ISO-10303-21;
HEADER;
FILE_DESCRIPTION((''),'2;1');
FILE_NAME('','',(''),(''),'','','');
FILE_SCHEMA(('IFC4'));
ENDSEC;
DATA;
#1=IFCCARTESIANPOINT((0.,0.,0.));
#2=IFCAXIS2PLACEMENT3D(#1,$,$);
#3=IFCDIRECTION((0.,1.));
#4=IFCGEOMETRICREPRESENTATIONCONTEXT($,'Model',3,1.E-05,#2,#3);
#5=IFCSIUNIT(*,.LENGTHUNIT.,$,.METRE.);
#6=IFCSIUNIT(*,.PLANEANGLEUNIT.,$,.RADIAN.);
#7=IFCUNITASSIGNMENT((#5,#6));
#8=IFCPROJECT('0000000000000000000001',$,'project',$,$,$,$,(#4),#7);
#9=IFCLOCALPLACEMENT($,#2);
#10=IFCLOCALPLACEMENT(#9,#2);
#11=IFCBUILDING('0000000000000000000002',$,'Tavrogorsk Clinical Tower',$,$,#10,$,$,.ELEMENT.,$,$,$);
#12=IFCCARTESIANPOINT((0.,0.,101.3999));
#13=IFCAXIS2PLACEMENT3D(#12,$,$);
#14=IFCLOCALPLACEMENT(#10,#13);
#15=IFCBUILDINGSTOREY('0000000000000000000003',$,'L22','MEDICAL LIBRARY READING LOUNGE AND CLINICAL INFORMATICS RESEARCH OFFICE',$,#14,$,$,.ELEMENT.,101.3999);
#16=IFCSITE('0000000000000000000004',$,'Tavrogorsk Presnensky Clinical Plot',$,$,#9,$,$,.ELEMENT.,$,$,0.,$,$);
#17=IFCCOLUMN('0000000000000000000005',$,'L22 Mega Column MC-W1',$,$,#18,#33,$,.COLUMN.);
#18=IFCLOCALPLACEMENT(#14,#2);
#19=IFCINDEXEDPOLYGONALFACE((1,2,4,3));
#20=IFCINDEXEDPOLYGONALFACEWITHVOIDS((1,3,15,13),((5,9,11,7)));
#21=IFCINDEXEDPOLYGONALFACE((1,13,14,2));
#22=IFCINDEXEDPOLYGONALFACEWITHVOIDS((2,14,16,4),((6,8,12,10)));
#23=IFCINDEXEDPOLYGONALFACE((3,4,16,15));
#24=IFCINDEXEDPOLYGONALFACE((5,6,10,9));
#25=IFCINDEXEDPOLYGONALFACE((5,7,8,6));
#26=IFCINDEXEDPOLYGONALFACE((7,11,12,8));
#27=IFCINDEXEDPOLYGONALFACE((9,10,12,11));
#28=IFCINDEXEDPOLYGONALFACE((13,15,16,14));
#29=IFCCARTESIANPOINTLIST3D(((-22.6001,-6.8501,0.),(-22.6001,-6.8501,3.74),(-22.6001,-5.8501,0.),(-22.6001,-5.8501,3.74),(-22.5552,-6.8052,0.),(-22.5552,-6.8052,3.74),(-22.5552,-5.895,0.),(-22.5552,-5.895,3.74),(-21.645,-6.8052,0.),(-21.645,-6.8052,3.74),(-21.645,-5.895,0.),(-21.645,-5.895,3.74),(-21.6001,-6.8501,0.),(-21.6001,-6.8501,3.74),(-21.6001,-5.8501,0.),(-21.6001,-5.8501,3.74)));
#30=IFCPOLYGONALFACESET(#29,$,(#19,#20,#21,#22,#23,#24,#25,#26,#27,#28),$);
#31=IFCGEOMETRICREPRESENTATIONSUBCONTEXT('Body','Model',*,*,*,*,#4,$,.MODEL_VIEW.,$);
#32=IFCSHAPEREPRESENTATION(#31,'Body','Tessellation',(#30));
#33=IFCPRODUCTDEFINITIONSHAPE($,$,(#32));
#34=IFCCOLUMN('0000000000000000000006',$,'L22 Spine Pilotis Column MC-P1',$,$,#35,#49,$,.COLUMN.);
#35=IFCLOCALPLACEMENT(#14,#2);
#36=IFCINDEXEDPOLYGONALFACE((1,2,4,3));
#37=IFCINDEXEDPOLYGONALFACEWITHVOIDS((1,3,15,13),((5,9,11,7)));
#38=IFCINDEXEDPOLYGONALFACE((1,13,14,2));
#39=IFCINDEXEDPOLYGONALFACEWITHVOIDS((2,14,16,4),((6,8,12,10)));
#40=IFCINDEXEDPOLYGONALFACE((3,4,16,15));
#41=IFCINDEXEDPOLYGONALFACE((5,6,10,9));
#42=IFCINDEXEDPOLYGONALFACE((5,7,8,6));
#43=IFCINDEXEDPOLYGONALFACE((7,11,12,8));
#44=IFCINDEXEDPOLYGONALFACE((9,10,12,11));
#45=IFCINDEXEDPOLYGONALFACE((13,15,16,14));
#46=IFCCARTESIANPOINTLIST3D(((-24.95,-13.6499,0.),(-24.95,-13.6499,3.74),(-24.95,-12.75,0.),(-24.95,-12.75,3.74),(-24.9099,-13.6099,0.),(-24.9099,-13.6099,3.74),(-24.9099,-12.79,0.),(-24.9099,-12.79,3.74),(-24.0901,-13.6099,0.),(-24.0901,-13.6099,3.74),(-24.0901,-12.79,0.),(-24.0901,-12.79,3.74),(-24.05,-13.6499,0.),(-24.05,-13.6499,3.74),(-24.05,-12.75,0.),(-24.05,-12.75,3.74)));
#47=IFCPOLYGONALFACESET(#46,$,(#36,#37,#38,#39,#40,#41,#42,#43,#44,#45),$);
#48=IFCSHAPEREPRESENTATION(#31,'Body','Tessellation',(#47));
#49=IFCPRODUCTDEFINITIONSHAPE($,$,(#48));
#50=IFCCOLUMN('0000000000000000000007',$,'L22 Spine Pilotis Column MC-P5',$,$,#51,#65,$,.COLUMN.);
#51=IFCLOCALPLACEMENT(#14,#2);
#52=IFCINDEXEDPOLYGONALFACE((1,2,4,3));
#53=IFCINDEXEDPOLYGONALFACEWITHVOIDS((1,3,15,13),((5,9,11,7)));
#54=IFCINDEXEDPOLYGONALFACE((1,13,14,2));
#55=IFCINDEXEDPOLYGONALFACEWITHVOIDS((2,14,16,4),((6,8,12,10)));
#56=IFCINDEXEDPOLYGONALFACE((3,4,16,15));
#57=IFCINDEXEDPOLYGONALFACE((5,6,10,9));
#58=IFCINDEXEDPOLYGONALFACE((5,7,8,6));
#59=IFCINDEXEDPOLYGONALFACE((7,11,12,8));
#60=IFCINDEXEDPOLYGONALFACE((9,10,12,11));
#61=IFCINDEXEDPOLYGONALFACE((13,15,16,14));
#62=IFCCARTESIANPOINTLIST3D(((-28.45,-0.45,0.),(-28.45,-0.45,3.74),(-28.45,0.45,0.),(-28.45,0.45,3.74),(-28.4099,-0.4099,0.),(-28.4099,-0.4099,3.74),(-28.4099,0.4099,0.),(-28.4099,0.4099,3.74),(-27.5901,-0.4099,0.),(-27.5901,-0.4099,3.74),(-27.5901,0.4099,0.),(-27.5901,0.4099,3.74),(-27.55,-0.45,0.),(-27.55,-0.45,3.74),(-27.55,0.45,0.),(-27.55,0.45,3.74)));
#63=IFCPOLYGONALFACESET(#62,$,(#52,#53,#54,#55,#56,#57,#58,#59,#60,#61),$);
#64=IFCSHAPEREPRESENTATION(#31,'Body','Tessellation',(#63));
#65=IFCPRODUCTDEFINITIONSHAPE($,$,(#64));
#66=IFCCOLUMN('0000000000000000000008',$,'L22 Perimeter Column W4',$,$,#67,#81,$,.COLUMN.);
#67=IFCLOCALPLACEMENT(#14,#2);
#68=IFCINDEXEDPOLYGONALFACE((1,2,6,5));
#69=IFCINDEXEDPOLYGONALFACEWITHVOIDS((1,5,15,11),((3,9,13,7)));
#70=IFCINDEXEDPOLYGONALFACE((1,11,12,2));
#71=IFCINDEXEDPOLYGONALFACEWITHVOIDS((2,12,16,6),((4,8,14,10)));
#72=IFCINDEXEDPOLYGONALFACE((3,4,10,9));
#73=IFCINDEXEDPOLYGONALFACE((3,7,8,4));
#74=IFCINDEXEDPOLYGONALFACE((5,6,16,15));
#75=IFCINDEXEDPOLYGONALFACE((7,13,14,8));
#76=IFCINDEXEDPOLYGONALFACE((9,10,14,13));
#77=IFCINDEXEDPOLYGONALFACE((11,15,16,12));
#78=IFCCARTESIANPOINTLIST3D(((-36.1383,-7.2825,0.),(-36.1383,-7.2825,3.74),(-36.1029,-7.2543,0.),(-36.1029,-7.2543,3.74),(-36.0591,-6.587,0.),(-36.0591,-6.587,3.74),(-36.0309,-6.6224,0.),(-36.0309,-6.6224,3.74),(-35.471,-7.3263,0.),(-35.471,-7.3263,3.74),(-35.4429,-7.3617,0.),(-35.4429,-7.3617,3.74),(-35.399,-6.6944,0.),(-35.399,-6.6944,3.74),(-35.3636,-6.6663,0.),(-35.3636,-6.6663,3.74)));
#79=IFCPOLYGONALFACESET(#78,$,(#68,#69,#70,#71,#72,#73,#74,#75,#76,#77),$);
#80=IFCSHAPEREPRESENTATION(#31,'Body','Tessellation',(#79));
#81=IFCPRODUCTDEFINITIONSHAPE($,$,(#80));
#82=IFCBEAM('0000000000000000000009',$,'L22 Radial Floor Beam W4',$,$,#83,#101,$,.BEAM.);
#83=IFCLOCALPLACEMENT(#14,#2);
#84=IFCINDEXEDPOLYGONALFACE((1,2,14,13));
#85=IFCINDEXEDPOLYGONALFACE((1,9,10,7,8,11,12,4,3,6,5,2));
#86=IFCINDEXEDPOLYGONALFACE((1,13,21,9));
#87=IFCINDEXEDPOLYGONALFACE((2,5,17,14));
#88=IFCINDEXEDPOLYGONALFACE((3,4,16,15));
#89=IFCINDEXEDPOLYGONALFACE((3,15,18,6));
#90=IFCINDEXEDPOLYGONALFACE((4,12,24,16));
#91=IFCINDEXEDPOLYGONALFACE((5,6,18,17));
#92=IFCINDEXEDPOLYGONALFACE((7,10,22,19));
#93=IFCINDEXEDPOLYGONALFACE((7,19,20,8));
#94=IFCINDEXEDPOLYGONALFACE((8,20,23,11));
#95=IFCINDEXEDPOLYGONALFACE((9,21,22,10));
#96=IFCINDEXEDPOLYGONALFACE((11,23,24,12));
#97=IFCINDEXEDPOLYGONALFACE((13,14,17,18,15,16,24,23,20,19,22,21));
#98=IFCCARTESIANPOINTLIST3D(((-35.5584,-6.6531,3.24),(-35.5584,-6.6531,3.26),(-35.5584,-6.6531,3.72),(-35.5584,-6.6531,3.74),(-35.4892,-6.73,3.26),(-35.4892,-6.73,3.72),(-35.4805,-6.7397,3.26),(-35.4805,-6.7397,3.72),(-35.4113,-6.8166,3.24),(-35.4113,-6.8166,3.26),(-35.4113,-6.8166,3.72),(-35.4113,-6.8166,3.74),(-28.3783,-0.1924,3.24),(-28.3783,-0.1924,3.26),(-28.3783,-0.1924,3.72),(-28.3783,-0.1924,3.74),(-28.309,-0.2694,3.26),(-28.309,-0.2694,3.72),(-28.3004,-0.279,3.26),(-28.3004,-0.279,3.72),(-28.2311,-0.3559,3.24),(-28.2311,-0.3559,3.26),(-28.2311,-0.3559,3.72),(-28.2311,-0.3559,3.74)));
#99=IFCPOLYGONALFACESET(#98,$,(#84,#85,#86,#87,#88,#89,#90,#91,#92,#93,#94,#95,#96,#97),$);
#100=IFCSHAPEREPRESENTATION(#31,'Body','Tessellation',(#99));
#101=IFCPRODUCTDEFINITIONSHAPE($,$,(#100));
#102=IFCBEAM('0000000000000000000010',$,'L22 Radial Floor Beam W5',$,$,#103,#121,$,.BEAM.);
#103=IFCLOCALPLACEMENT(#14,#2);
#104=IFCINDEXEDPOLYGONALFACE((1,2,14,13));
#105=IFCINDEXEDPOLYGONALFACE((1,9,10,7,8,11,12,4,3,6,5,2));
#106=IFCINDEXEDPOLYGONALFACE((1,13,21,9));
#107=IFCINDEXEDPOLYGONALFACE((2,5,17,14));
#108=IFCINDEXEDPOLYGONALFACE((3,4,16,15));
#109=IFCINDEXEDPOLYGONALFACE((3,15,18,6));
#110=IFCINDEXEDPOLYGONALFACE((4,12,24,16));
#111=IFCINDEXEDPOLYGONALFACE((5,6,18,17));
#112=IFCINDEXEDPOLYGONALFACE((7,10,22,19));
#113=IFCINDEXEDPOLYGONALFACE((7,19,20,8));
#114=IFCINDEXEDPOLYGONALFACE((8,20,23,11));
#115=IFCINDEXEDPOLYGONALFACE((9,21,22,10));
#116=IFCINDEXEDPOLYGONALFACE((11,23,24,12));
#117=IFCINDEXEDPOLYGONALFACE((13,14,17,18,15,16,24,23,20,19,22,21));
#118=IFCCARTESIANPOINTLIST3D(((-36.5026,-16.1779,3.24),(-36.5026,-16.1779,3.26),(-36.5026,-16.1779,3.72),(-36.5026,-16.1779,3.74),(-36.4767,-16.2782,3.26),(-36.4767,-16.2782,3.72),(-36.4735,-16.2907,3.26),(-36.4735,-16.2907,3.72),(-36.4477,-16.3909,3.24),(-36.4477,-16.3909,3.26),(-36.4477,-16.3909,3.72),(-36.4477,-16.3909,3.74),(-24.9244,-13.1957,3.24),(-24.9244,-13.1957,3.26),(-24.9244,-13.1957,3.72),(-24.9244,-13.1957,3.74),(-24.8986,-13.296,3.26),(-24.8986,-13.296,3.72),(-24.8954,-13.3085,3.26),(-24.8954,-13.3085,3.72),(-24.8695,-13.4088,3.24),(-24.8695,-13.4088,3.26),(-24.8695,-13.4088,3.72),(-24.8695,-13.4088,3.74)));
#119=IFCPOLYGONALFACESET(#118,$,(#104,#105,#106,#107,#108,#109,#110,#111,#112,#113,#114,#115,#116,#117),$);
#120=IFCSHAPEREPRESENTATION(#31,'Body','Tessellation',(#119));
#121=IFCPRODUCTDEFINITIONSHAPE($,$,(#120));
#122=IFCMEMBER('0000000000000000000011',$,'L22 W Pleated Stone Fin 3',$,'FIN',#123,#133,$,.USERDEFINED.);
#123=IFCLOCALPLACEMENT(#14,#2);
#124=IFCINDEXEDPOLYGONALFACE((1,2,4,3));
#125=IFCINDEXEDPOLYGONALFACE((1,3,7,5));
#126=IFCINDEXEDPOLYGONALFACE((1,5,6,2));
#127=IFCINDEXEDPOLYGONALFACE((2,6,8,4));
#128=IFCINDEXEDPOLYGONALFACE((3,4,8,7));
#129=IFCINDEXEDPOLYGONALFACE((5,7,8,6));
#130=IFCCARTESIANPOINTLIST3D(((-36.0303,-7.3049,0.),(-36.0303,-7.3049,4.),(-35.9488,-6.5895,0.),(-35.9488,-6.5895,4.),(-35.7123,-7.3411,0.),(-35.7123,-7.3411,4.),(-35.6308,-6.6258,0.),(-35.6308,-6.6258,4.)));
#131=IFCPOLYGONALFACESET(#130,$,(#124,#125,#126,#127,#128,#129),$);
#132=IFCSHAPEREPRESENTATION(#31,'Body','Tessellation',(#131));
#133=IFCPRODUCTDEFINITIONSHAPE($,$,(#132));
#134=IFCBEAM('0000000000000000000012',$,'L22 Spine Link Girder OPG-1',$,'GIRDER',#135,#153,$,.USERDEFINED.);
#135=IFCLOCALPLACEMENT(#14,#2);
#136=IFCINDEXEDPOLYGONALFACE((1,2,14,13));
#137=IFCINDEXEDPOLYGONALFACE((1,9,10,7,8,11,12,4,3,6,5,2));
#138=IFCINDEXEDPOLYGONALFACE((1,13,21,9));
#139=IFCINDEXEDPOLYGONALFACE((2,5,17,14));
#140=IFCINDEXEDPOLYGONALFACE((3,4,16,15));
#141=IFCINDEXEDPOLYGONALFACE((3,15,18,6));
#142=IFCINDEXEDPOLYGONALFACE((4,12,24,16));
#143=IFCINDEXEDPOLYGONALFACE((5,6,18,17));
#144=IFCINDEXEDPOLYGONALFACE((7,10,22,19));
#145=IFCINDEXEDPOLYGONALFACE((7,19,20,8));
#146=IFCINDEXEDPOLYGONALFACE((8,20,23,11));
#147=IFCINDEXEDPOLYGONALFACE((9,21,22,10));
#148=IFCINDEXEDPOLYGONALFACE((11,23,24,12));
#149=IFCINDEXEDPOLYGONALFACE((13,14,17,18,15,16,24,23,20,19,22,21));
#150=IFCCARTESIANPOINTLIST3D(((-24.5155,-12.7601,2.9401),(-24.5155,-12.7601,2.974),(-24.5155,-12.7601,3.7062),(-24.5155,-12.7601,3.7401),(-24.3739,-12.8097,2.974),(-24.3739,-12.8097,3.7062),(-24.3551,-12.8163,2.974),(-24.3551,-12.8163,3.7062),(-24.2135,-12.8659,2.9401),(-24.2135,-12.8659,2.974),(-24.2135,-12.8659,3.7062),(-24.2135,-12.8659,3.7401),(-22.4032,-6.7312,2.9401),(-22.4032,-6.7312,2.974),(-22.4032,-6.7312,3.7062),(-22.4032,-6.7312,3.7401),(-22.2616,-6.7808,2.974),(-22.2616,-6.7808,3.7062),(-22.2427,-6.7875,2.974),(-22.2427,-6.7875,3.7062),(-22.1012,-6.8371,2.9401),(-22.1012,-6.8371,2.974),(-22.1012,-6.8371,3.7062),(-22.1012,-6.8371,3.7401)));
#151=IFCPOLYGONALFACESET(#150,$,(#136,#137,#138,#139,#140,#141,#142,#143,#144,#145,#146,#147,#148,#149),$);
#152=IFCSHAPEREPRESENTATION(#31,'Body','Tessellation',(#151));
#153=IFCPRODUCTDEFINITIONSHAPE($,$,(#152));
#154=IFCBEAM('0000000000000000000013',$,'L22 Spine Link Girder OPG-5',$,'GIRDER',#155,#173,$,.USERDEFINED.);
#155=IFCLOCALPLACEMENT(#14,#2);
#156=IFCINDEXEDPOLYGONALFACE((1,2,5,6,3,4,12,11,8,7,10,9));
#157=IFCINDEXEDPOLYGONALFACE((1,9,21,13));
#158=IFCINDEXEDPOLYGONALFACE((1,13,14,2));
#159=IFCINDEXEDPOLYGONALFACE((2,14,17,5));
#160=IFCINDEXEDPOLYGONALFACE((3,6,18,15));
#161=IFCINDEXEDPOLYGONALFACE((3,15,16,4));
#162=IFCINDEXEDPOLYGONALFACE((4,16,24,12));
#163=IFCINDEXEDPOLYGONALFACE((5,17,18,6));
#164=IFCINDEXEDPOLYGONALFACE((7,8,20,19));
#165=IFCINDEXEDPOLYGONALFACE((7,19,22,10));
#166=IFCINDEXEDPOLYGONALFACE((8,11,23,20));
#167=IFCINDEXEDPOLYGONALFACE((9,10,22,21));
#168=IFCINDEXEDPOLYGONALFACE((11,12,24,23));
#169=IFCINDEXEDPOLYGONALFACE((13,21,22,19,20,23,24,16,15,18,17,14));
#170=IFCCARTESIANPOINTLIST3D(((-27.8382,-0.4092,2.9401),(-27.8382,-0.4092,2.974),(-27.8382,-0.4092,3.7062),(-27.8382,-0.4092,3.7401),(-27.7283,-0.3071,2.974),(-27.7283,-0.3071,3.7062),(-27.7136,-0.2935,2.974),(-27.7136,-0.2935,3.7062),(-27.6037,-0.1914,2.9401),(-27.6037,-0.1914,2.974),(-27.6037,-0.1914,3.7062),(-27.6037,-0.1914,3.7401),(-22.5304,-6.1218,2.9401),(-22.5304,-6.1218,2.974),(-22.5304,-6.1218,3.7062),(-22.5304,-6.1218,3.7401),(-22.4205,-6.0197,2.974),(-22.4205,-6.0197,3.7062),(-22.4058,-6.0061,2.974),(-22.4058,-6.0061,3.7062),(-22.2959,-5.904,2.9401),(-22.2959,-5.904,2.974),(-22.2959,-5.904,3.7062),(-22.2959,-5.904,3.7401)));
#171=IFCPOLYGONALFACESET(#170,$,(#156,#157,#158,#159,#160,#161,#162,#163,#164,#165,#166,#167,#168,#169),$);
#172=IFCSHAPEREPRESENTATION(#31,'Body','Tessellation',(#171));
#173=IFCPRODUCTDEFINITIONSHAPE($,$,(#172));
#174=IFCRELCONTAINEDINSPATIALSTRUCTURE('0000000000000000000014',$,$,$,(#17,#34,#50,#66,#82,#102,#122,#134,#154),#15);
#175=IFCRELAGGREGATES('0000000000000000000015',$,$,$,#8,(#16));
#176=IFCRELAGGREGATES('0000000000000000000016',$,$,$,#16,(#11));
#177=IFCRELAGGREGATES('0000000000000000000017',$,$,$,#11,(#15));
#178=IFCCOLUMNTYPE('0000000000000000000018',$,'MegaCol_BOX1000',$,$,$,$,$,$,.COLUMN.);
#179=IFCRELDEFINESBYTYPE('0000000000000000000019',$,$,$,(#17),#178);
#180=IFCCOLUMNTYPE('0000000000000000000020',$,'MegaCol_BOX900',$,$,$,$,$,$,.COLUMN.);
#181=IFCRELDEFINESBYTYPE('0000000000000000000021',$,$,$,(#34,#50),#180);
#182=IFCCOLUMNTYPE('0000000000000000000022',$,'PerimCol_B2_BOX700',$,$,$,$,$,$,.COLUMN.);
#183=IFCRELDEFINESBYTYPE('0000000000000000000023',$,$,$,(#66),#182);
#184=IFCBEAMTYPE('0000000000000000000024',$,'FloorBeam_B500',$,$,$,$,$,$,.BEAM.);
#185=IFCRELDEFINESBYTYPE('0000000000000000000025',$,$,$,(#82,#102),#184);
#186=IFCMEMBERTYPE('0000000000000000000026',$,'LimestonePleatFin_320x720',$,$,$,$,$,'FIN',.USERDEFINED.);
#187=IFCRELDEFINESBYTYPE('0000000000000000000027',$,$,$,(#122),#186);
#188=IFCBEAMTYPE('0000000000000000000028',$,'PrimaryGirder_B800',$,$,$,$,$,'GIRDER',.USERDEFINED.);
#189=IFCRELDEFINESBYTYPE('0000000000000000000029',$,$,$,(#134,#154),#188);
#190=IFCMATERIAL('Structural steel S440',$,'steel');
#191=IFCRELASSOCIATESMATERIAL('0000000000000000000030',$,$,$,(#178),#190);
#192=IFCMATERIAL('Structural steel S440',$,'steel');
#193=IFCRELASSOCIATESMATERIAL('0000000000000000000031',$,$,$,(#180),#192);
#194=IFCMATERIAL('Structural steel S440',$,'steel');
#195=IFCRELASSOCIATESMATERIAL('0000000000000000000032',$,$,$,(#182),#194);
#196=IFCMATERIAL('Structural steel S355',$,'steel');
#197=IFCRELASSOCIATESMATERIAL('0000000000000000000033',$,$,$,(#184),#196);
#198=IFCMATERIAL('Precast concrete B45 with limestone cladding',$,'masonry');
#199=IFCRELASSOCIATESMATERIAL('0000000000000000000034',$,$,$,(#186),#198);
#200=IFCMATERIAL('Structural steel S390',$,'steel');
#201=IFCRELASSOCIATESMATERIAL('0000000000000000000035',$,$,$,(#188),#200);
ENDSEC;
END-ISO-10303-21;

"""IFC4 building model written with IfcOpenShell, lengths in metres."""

from ifc_helpers import new_model, si_unit, direction, frame, origin, origin_2d, place, context, subcontext, project, spatial, rectangle, hollow_rectangle, i_section, extrude, material, material_profile, profile_set, type_object, element, save


model = new_model("IFC4")

# Units and contexts
model_context = context("Model", 3, precision=1e-05, world=origin(), true_north=direction((0.0, 1.0)))
body_context = subcontext(model_context, "Body", "Model", "MODEL_VIEW")
ifc_project = project(units=[si_unit("LENGTHUNIT", "METRE"), si_unit("PLANEANGLEUNIT", "RADIAN")], contexts=[model_context])

# Site, building, storey
site_placement = place(None, origin())
site = spatial("IfcSite", under=ifc_project, at=site_placement, Name="Tavrogorsk Presnensky Clinical Plot", CompositionType="ELEMENT", RefElevation=0.0)
building_placement = place(site_placement, origin())
building = spatial("IfcBuilding", under=site, at=building_placement, Name="Tavrogorsk Clinical Tower", CompositionType="ELEMENT")
storey_placement = place(building_placement, frame((0.0, 0.0, 101.3999)))
storey = spatial("IfcBuildingStorey", under=building, at=storey_placement, Name="L22", Description="MEDICAL LIBRARY READING LOUNGE AND CLINICAL INFORMATICS RESEARCH OFFICE", CompositionType="ELEMENT", Elevation=101.3999)

# Columns
ifc_material_1 = material(Name="Structural steel S440", Category="steel")
ifc_material_profile_1 = material_profile(ifc_material_1, hollow_rectangle(XDim=1.0, YDim=1.0, WallThickness=0.0449, at=origin_2d()), Name="BOX-1000x1000x45")
ifc_profile_set_1 = profile_set([ifc_material_profile_1], Name="Structural steel S440")
column_type_1 = type_object("IfcColumnType", Name="MegaCol_BOX1000", PredefinedType="COLUMN", material=ifc_profile_set_1)
column_1_placement = place(storey_placement, frame((-22.1001, -6.3501, 0.0), z_axis=(0.0, 0.0, 1.0), x_axis=(1.0, 0.0, 0.0)))
element("IfcColumn", 1, at=column_1_placement, inside=storey, type_object=column_type_1, Name="L22 Mega Column MC-W1", PredefinedType="COLUMN", context=body_context, shape_type="SweptSolid", body=[
    extrude(hollow_rectangle(XDim=1.0, YDim=1.0, WallThickness=0.0449, at=origin_2d()), origin(), (0.0, 0.0, 1.0), 3.74),
])
ifc_material_2 = material(Name="Structural steel S440", Category="steel")
ifc_material_profile_2 = material_profile(ifc_material_2, hollow_rectangle(XDim=0.8999, YDim=0.8999, WallThickness=0.04, at=origin_2d()), Name="BOX-900x900x40")
ifc_profile_set_2 = profile_set([ifc_material_profile_2], Name="Structural steel S440")
column_type_2 = type_object("IfcColumnType", Name="MegaCol_BOX900", PredefinedType="COLUMN", material=ifc_profile_set_2)
for number, where, z_axis, x_axis, name in (
    (2, (-24.5, -13.2, 0.0), (0.0, 0.0, 1.0), (1.0, 0.0, 0.0), "L22 Spine Pilotis Column MC-P1"),
    (3, (-28.0, 0.0, 0.0), (0.0, 0.0, 1.0), (1.0, 0.0, 0.0), "L22 Spine Pilotis Column MC-P5"),
):
    element("IfcColumn", number, at=place(storey_placement, frame(where, z_axis=z_axis, x_axis=x_axis)), inside=storey, type_object=column_type_2, Name=name, PredefinedType="COLUMN", context=body_context, shape_type="SweptSolid", body=[
        extrude(hollow_rectangle(XDim=0.8999, YDim=0.8999, WallThickness=0.04, at=origin_2d()), origin(), (0.0, 0.0, 1.0), 3.74),
    ])
ifc_material_3 = material(Name="Structural steel S440", Category="steel")
ifc_material_profile_3 = material_profile(ifc_material_3, hollow_rectangle(XDim=0.7, YDim=0.7, WallThickness=0.032, at=origin_2d()), Name="BOX-700x700x32")
ifc_profile_set_3 = profile_set([ifc_material_profile_3], Name="Structural steel S440")
column_type_3 = type_object("IfcColumnType", Name="PerimCol_B2_BOX700", PredefinedType="COLUMN", material=ifc_profile_set_3)
column_2_placement = place(storey_placement, frame((-35.751, -6.9744, 0.0), z_axis=(0.0, 0.0, 1.0), x_axis=(0.993572, -0.113203, 0.0)))
element("IfcColumn", 4, at=column_2_placement, inside=storey, type_object=column_type_3, Name="L22 Perimeter Column W4", PredefinedType="COLUMN", context=body_context, shape_type="SweptSolid", body=[
    extrude(hollow_rectangle(XDim=0.7, YDim=0.7, WallThickness=0.032, at=origin_2d()), origin(), (0.0, 0.0, 1.0), 3.74),
])

# Beams
ifc_material_4 = material(Name="Structural steel S355", Category="steel")
ifc_material_profile_4 = material_profile(ifc_material_4, i_section(OverallWidth=0.22, OverallDepth=0.5, WebThickness=0.0129, FlangeThickness=0.02, at=origin_2d()), Name="B-500x220x13x20")
ifc_profile_set_4 = profile_set([ifc_material_profile_4], Name="Structural steel S355")
beam_type_1 = type_object("IfcBeamType", Name="FloorBeam_B500", PredefinedType="BEAM", material=ifc_profile_set_4)
beam_1_placement = place(storey_placement, frame((-28.3047, -0.2742, 3.49), z_axis=(-0.74337, -0.668881, 0.0), x_axis=(0.668881, -0.74337, 0.0)))
element("IfcBeam", 5, at=beam_1_placement, inside=storey, type_object=beam_type_1, Name="L22 Radial Floor Beam W4", PredefinedType="BEAM", context=body_context, shape_type="SweptSolid", body=[
    extrude(i_section(OverallWidth=0.22, OverallDepth=0.5, WebThickness=0.0129, FlangeThickness=0.02, at=origin_2d()), origin(), (0.0, 0.0, 1.0), 9.6589),
])
beam_2_placement = place(storey_placement, frame((-24.897, -13.3022, 3.49), z_axis=(-0.968393, -0.249429, 0.0), x_axis=(0.249429, -0.968393, 0.0)))
element("IfcBeam", 6, at=beam_2_placement, inside=storey, type_object=beam_type_1, Name="L22 Radial Floor Beam W5", PredefinedType="BEAM", context=body_context, shape_type="SweptSolid", body=[
    extrude(i_section(OverallWidth=0.22, OverallDepth=0.5, WebThickness=0.0129, FlangeThickness=0.02, at=origin_2d()), origin(), (0.0, 0.0, 1.0), 11.9561),
])

# Member
ifc_material_5 = material(Name="Precast concrete B45 with limestone cladding", Category="masonry")
ifc_material_profile_5 = material_profile(ifc_material_5, rectangle(XDim=0.3201, YDim=0.72, at=origin_2d()), Name="LIMESTONE-FIN-320x720")
ifc_profile_set_5 = profile_set([ifc_material_profile_5], Name="Precast concrete B45 with limestone cladding")
member_type = type_object("IfcMemberType", Name="LimestonePleatFin_320x720", ElementType="FIN", PredefinedType="USERDEFINED", material=ifc_profile_set_5)
member_placement = place(storey_placement, frame((-35.8306, -6.9653, 0.0), z_axis=(0.0, 0.0, 1.0), x_axis=(0.993572, -0.113203, 0.0)))
element("IfcMember", 7, at=member_placement, inside=storey, type_object=member_type, Name="L22 W Pleated Stone Fin 3", ObjectType="FIN", PredefinedType="USERDEFINED", context=body_context, shape_type="SweptSolid", body=[
    extrude(rectangle(XDim=0.3201, YDim=0.72, at=origin_2d()), origin(), (0.0, 0.0, 1.0), 4.0),
])

# Beams
ifc_material_6 = material(Name="Structural steel S390", Category="steel")
ifc_material_profile_6 = material_profile(ifc_material_6, i_section(OverallWidth=0.3201, OverallDepth=0.8, WebThickness=0.02, FlangeThickness=0.0339, at=origin_2d()), Name="B-800x320x20x34")
ifc_profile_set_6 = profile_set([ifc_material_profile_6], Name="Structural steel S390")
beam_type_2 = type_object("IfcBeamType", Name="PrimaryGirder_B800", ElementType="GIRDER", PredefinedType="USERDEFINED", material=ifc_profile_set_6)
beam_3_placement = place(storey_placement, frame((-24.3645, -12.813, 3.3401), z_axis=(0.33066, 0.94375, 0.0), x_axis=(-0.94375, 0.33066, 0.0)))
element("IfcBeam", 8, at=beam_3_placement, inside=storey, type_object=beam_type_2, Name="L22 Spine Link Girder OPG-1", ObjectType="GIRDER", PredefinedType="USERDEFINED", context=body_context, shape_type="SweptSolid", body=[
    extrude(i_section(OverallWidth=0.3201, OverallDepth=0.8, WebThickness=0.02, FlangeThickness=0.0339, at=origin_2d()), origin(), (0.0, 0.0, 1.0), 6.3882),
])
beam_4_placement = place(storey_placement, frame((-27.7209, -0.3003, 3.3401), z_axis=(0.680676, -0.732585, 0.0), x_axis=(0.732585, 0.680676, 0.0)))
element("IfcBeam", 9, at=beam_4_placement, inside=storey, type_object=beam_type_2, Name="L22 Spine Link Girder OPG-5", ObjectType="GIRDER", PredefinedType="USERDEFINED", context=body_context, shape_type="SweptSolid", body=[
    extrude(i_section(OverallWidth=0.3201, OverallDepth=0.8, WebThickness=0.02, FlangeThickness=0.0339, at=origin_2d()), origin(), (0.0, 0.0, 1.0), 7.7979),
])

save(model, "model.ifc")
